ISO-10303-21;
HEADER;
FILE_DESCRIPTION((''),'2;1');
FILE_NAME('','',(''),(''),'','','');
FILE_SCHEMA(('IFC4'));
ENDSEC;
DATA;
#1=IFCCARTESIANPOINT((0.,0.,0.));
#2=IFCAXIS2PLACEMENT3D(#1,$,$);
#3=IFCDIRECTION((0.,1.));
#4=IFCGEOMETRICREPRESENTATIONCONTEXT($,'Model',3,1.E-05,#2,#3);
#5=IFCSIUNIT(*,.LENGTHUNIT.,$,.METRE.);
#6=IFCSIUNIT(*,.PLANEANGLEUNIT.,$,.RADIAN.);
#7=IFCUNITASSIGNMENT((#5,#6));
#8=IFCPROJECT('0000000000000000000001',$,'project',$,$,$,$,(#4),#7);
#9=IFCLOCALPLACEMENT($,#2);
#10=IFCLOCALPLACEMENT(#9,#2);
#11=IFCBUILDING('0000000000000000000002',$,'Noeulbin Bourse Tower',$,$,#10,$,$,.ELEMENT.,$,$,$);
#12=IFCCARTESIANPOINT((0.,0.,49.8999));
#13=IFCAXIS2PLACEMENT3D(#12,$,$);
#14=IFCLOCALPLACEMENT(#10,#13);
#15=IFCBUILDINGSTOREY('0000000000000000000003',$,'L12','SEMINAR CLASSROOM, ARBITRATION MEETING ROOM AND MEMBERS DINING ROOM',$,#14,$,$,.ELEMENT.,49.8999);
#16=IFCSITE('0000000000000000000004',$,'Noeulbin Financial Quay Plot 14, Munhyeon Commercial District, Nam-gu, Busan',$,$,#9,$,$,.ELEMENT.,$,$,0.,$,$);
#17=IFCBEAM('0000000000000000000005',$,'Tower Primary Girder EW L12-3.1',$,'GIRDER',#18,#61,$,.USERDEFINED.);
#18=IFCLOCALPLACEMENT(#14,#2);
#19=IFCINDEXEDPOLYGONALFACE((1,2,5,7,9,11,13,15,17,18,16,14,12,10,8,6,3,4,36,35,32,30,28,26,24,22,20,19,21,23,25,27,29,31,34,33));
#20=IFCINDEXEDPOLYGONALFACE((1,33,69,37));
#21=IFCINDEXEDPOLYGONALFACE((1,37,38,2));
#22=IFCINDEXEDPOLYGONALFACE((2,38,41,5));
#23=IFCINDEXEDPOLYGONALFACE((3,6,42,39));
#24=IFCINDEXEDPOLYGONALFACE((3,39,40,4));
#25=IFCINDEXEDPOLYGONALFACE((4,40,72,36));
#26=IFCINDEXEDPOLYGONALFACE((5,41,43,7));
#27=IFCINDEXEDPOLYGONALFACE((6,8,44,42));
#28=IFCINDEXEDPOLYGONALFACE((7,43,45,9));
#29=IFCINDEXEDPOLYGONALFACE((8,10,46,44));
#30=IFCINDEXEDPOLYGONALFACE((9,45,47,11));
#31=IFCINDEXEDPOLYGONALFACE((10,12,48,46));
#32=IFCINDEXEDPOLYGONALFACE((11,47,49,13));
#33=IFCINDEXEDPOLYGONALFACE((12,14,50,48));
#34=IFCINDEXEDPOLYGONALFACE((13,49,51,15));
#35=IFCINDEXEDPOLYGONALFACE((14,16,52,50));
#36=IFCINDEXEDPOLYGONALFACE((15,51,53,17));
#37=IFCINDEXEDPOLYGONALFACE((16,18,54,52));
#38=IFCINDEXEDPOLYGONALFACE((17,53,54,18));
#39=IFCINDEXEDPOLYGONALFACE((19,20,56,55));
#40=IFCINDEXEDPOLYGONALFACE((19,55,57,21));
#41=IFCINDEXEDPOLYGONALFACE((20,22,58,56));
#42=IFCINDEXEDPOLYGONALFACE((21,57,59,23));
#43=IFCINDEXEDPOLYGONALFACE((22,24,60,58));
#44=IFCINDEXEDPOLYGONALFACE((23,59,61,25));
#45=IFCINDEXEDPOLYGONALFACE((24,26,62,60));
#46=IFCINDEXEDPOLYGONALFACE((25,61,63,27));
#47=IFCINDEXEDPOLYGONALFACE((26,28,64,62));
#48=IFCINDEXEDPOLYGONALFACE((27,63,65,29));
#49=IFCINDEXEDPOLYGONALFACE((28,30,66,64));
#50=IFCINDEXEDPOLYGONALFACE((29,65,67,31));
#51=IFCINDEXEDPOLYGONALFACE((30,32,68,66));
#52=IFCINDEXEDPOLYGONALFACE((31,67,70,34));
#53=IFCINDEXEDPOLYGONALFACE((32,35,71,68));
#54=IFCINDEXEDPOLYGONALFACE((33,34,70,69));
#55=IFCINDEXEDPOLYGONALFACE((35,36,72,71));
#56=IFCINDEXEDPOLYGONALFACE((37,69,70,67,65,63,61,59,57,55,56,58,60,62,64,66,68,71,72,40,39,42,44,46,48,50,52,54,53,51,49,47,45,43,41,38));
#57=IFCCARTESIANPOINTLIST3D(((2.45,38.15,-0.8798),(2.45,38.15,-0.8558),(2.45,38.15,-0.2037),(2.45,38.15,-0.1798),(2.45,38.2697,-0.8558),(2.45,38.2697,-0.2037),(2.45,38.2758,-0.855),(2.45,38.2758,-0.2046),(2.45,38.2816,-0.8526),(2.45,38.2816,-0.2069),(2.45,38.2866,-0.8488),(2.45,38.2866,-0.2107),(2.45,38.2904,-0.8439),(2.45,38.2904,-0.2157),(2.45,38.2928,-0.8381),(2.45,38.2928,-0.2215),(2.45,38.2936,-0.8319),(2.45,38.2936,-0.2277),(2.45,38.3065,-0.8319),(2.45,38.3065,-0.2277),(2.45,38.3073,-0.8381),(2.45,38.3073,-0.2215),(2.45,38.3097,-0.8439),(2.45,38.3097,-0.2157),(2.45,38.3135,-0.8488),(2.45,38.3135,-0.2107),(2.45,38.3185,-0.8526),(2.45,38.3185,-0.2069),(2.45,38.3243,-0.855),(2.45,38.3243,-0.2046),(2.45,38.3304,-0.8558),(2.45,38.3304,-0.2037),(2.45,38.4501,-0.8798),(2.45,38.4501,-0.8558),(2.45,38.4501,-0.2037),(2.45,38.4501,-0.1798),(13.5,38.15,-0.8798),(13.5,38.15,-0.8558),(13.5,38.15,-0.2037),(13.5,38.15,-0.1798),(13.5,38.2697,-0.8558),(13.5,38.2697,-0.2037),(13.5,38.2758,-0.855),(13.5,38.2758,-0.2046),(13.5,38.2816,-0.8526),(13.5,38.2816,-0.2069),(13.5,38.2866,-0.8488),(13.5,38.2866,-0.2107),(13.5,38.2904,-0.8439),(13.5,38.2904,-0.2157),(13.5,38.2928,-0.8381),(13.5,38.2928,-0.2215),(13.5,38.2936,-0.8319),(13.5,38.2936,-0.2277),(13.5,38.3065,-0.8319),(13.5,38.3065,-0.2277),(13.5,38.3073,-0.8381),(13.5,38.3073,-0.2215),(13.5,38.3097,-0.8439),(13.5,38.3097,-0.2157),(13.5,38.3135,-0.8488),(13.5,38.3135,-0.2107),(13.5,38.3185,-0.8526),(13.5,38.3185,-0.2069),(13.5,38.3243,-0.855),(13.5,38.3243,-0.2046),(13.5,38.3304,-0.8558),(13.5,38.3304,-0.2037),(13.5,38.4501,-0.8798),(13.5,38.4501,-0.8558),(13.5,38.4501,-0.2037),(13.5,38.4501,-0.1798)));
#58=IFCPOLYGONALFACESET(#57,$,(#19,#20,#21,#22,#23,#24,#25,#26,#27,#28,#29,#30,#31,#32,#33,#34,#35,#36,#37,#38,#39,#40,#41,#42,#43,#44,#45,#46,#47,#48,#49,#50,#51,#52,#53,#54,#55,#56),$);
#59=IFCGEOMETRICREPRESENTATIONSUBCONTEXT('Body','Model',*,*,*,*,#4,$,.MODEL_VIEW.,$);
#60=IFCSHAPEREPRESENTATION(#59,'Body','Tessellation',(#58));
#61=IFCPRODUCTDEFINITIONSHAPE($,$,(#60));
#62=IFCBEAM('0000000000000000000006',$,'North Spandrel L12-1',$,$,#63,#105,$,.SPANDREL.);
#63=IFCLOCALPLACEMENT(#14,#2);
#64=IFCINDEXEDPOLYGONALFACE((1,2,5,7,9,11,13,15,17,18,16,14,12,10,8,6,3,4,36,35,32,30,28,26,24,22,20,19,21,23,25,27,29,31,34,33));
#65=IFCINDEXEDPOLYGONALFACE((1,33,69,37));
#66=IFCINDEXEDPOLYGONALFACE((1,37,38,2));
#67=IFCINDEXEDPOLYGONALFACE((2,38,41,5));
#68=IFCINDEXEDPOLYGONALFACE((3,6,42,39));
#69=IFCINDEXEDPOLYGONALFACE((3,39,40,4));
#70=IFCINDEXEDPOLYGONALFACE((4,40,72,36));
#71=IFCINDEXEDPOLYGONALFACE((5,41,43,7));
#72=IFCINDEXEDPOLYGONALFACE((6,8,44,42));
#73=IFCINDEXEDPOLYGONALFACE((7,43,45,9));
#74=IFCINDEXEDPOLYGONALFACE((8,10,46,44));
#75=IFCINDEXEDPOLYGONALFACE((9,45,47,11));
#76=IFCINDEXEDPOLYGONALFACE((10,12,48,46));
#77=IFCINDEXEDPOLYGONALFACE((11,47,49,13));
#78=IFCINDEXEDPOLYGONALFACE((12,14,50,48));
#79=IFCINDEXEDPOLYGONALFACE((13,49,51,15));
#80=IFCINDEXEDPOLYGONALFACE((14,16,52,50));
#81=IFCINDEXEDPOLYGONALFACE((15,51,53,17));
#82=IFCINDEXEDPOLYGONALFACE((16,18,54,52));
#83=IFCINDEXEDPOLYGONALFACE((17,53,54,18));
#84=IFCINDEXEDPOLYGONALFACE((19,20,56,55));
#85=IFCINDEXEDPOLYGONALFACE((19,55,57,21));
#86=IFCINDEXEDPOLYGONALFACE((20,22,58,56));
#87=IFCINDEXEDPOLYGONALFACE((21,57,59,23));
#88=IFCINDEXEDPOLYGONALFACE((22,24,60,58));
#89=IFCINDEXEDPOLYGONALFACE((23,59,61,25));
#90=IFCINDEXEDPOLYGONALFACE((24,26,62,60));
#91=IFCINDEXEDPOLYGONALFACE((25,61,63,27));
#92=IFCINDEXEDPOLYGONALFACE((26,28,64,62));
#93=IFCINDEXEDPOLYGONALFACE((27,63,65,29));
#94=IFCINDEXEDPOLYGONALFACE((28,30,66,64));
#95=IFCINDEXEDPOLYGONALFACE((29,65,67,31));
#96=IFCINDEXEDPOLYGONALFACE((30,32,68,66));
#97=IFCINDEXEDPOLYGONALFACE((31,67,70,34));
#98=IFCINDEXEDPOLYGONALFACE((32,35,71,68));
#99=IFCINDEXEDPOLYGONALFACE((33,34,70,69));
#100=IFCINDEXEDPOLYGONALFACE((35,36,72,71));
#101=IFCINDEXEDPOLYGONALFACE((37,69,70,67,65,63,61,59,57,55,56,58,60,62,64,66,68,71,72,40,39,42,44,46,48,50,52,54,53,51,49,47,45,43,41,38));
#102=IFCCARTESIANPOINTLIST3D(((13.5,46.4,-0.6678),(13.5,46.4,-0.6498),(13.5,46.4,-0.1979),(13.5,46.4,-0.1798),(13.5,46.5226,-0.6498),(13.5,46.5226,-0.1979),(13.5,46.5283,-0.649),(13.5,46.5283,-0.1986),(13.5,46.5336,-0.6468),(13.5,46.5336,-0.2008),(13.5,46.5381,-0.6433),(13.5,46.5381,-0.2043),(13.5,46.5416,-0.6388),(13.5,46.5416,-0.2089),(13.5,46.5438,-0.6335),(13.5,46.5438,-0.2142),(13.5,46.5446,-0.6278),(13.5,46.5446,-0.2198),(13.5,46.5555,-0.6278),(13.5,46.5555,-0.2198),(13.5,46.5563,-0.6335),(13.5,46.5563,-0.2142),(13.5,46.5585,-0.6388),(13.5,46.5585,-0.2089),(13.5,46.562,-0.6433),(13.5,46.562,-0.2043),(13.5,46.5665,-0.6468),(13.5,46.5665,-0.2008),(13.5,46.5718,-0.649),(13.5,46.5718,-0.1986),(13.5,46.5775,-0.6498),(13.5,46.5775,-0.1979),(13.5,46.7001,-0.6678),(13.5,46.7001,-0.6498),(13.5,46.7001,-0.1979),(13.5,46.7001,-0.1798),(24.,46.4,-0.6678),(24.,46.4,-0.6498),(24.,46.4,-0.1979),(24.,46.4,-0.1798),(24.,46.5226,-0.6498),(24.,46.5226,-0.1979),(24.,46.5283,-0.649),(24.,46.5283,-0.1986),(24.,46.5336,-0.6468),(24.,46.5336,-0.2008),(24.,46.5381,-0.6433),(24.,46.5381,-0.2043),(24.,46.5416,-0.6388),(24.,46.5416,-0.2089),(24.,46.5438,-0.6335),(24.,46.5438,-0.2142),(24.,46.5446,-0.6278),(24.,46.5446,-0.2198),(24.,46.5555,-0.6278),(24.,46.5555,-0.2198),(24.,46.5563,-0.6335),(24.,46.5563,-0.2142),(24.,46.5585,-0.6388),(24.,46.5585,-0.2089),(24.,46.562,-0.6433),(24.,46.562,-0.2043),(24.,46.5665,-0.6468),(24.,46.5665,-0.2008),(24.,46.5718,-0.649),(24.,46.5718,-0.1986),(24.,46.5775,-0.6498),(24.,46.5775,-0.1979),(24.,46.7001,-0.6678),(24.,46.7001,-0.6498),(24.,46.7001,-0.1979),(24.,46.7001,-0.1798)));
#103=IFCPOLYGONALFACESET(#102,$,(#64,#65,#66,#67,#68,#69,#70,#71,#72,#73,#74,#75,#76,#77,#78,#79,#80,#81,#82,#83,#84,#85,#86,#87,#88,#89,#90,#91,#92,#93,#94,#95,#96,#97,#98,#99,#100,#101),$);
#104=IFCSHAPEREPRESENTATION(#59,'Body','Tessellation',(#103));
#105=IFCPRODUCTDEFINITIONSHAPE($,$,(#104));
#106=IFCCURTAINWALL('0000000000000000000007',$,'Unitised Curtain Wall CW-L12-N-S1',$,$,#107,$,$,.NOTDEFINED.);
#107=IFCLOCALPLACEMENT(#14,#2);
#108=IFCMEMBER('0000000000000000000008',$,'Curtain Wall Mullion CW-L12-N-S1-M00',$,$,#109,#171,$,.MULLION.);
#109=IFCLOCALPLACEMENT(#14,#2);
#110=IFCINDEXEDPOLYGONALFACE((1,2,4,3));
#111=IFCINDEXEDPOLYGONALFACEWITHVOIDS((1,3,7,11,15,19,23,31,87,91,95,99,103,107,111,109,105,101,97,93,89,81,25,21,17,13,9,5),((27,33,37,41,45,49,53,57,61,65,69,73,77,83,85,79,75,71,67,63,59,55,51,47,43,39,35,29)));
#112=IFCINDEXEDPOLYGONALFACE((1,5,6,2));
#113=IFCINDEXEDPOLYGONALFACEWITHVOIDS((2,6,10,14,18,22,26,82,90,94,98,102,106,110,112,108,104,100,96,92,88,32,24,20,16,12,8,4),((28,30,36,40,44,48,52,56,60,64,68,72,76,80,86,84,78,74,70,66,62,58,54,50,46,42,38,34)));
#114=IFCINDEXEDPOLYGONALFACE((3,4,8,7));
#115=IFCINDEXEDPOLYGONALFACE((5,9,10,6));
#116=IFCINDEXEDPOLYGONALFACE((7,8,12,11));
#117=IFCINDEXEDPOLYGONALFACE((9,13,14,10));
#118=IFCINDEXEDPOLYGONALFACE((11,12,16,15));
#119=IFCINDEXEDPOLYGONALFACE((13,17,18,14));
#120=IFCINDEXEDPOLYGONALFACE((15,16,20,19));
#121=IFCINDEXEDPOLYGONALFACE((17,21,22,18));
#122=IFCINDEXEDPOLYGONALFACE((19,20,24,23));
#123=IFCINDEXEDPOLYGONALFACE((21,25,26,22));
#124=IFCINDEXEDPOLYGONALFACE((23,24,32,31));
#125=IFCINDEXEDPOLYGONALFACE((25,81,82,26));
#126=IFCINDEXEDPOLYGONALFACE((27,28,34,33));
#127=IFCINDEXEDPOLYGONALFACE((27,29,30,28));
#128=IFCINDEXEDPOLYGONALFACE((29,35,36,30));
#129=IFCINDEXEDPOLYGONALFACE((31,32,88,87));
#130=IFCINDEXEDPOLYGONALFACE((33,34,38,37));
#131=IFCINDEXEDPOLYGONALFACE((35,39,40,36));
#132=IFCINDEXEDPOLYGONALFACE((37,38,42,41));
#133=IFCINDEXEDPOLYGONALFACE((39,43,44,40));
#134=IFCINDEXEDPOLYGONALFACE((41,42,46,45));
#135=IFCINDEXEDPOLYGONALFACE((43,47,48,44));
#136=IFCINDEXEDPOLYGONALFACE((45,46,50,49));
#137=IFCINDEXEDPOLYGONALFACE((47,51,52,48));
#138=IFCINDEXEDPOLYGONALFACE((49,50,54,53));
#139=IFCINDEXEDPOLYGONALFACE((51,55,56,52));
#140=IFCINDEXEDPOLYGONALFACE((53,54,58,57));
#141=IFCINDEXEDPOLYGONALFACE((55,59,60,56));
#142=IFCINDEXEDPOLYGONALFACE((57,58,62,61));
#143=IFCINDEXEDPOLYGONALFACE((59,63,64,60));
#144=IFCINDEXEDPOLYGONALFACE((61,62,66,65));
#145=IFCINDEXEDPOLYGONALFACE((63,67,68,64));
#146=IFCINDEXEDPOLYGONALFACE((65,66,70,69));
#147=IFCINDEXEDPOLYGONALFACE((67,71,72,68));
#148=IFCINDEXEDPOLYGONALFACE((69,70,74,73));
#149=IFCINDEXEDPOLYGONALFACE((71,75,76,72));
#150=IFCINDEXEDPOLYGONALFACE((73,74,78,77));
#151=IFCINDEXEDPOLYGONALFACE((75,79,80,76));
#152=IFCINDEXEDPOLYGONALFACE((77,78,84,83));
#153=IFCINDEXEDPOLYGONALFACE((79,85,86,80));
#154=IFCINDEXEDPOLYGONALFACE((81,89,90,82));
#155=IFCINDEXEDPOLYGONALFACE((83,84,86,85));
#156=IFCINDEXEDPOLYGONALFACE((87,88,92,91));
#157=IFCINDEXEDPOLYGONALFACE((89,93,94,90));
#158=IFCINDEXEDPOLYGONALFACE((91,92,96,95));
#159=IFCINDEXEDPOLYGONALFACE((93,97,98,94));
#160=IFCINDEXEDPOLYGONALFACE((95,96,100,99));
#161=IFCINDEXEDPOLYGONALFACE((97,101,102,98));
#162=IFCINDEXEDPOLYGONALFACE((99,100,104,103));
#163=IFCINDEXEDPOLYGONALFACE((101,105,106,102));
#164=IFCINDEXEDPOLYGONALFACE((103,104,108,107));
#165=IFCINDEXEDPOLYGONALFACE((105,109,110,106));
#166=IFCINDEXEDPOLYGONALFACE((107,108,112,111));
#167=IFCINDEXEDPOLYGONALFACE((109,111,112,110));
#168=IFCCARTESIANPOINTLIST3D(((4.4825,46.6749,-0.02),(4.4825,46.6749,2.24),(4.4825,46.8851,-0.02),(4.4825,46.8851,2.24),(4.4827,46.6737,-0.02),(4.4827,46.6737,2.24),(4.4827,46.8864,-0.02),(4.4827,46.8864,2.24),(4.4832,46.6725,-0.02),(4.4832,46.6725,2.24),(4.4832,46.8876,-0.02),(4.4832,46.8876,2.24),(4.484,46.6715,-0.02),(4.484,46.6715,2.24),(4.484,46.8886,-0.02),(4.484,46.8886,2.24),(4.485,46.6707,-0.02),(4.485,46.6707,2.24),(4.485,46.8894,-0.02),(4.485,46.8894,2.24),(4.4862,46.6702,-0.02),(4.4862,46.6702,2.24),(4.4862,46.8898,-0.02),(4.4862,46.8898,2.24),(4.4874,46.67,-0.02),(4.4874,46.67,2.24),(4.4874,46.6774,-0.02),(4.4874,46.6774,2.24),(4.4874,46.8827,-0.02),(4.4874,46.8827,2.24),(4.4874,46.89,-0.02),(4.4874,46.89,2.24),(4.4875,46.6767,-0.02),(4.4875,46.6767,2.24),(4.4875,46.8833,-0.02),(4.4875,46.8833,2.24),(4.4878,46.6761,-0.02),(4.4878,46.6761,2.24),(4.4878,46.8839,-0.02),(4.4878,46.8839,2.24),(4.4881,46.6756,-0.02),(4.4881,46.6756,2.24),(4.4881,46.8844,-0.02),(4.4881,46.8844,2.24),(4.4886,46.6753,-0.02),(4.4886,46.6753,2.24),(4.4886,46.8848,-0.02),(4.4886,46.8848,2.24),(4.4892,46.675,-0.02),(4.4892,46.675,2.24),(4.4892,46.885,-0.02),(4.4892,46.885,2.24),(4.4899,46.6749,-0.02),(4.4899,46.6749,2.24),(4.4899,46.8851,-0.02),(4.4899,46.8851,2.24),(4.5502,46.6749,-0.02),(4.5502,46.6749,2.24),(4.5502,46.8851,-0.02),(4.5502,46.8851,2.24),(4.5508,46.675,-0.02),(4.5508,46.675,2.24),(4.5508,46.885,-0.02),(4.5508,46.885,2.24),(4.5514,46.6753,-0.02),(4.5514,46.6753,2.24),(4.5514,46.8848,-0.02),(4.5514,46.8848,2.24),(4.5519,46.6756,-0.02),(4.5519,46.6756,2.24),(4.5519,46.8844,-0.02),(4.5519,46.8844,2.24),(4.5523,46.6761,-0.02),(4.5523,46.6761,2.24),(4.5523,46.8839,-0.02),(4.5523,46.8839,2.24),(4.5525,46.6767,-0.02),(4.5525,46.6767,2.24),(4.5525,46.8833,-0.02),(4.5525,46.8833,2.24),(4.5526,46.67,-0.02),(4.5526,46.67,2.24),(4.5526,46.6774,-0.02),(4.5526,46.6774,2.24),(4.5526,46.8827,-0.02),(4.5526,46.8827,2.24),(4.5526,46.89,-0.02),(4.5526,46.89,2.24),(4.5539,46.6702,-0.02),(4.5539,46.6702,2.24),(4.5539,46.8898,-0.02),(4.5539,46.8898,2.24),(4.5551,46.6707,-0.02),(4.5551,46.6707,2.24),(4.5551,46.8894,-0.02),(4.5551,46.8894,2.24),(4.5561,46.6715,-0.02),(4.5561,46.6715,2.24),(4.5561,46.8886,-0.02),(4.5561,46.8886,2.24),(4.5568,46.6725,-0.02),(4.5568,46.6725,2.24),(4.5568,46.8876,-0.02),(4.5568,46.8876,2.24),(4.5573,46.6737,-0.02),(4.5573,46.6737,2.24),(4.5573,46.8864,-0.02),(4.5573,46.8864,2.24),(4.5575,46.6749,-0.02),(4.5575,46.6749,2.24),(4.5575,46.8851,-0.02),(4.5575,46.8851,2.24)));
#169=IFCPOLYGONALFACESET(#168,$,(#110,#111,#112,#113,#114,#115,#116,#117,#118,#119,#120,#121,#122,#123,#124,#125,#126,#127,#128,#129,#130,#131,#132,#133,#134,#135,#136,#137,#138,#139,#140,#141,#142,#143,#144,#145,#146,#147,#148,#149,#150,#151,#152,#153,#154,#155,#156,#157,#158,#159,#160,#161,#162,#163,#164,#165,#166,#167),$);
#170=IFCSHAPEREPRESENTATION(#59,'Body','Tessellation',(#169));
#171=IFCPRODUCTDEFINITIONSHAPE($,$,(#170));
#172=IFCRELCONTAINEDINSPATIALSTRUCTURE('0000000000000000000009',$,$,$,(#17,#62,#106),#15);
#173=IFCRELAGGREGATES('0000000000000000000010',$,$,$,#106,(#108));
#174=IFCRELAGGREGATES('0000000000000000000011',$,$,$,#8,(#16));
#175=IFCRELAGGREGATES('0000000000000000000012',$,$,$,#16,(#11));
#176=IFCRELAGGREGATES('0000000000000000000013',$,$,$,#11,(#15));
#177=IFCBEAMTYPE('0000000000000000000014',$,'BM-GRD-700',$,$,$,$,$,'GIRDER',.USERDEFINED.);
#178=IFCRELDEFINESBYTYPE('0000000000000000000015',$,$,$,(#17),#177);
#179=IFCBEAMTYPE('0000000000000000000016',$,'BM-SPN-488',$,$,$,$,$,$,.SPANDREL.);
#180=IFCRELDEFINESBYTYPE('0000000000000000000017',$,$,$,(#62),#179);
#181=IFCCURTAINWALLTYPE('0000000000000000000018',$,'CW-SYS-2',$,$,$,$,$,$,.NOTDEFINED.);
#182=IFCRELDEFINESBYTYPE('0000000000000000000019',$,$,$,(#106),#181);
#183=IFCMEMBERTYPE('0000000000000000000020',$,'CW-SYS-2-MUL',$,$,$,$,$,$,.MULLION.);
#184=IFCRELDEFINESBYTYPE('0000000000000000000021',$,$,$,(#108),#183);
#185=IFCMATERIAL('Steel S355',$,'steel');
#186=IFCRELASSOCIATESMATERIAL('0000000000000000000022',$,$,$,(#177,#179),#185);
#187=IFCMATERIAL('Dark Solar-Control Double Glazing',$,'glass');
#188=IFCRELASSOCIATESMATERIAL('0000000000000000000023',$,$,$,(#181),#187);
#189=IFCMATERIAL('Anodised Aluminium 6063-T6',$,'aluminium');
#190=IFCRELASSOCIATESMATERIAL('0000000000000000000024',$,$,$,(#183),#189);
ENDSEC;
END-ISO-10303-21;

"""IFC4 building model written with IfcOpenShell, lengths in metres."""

from ifc_helpers import new_model, si_unit, direction, frame, origin, origin_2d, place, context, subcontext, project, spatial, hollow_rectangle, i_section, extrude, material, material_profile, profile_set, type_object, element, aggregate, save


model = new_model("IFC4")

# Units and contexts
model_context = context("Model", 3, precision=1e-05, world=origin(), true_north=direction((0.0, 1.0)))
body_context = subcontext(model_context, "Body", "Model", "MODEL_VIEW")
ifc_project = project(units=[si_unit("LENGTHUNIT", "METRE"), si_unit("PLANEANGLEUNIT", "RADIAN")], contexts=[model_context])

# Site, building, storey
site_placement = place(None, origin())
site = spatial("IfcSite", under=ifc_project, at=site_placement, Name="Noeulbin Financial Quay Plot 14, Munhyeon Commercial District, Nam-gu, Busan", CompositionType="ELEMENT", RefElevation=0.0)
building_placement = place(site_placement, origin())
building = spatial("IfcBuilding", under=site, at=building_placement, Name="Noeulbin Bourse Tower", CompositionType="ELEMENT")
storey_placement = place(building_placement, frame((0.0, 0.0, 49.8999)))
storey = spatial("IfcBuildingStorey", under=building, at=storey_placement, Name="L12", Description="SEMINAR CLASSROOM, ARBITRATION MEETING ROOM AND MEMBERS DINING ROOM", CompositionType="ELEMENT", Elevation=49.8999)

# Beams
ifc_material_1 = material(Name="Steel S355", Category="steel")
ifc_material_profile_1 = material_profile(ifc_material_1, i_section(OverallWidth=0.3, OverallDepth=0.7, WebThickness=0.0129, FlangeThickness=0.0239, FilletRadius=0.0239, at=origin_2d()), Name="H-700x300x13x24", Category="LoadBearing")
ifc_profile_set_1 = profile_set([ifc_material_profile_1], Name="Steel S355")
beam_type_1 = type_object("IfcBeamType", Name="BM-GRD-700", ElementType="GIRDER", PredefinedType="USERDEFINED", material=ifc_profile_set_1)
beam_1_placement = place(storey_placement, frame((2.45, 38.3, -0.5298), z_axis=(1.0, 0.0, 0.0), x_axis=(0.0, 1.0, 0.0)))
element("IfcBeam", 1, at=beam_1_placement, inside=storey, type_object=beam_type_1, Name="Tower Primary Girder EW L12-3.1", ObjectType="GIRDER", PredefinedType="USERDEFINED", context=body_context, shape_type="SweptSolid", body=[
    extrude(i_section(OverallWidth=0.3, OverallDepth=0.7, WebThickness=0.0129, FlangeThickness=0.0239, FilletRadius=0.0239, at=origin_2d()), origin(), (0.0, 0.0, 1.0), 11.05),
])
ifc_material_profile_2 = material_profile(ifc_material_1, i_section(OverallWidth=0.3, OverallDepth=0.488, WebThickness=0.011, FlangeThickness=0.0181, FilletRadius=0.022, at=origin_2d()), Name="H-488x300x11x18", Category="LoadBearing")
ifc_profile_set_2 = profile_set([ifc_material_profile_2], Name="Steel S355")
beam_type_2 = type_object("IfcBeamType", Name="BM-SPN-488", PredefinedType="SPANDREL", material=ifc_profile_set_2)
beam_2_placement = place(storey_placement, frame((13.5, 46.55, -0.4238), z_axis=(1.0, 0.0, 0.0), x_axis=(0.0, 1.0, 0.0)))
element("IfcBeam", 2, at=beam_2_placement, inside=storey, type_object=beam_type_2, Name="North Spandrel L12-1", PredefinedType="SPANDREL", context=body_context, shape_type="SweptSolid", body=[
    extrude(i_section(OverallWidth=0.3, OverallDepth=0.488, WebThickness=0.011, FlangeThickness=0.0181, FilletRadius=0.022, at=origin_2d()), origin(), (0.0, 0.0, 1.0), 10.5),
])

# Curtain wall, member
ifc_material_2 = material(Name="Dark Solar-Control Double Glazing", Category="glass")
curtain_wall_type = type_object("IfcCurtainWallType", Name="CW-SYS-2", PredefinedType="NOTDEFINED", material=ifc_material_2)
curtain_wall_1_placement = place(storey_placement, origin())
curtain_wall_1 = element("IfcCurtainWall", 3, at=curtain_wall_1_placement, inside=storey, type_object=curtain_wall_type, Name="Unitised Curtain Wall CW-L12-N-S1", PredefinedType="NOTDEFINED")
ifc_material_3 = material(Name="Anodised Aluminium 6063-T6", Category="aluminium")
ifc_material_profile_3 = material_profile(ifc_material_3, hollow_rectangle(XDim=0.075, YDim=0.22, WallThickness=0.0049, InnerFilletRadius=0.0024, OuterFilletRadius=0.0049, at=origin_2d()), Name="ALU-MULL-75x220x5", Category="LoadBearing")
ifc_profile_set_3 = profile_set([ifc_material_profile_3], Name="Anodised Aluminium 6063-T6")
member_type_1 = type_object("IfcMemberType", Name="CW-SYS-2-MUL", PredefinedType="MULLION", material=ifc_profile_set_3)
member_1_placement = place(storey_placement, frame((4.52, 46.78, -0.02), z_axis=(0.0, 0.0, 1.0), x_axis=(1.0, 0.0, 0.0)))
member_1 = element("IfcMember", 4, at=member_1_placement, type_object=member_type_1, Name="Curtain Wall Mullion CW-L12-N-S1-M00", PredefinedType="MULLION", context=body_context, shape_type="SweptSolid", body=[
    extrude(hollow_rectangle(XDim=0.075, YDim=0.22, WallThickness=0.0049, InnerFilletRadius=0.0024, OuterFilletRadius=0.0049, at=origin_2d()), origin(), (0.0, 0.0, 1.0), 2.26),
])

aggregate(curtain_wall_1, [member_1])

save(model, "model.ifc")
